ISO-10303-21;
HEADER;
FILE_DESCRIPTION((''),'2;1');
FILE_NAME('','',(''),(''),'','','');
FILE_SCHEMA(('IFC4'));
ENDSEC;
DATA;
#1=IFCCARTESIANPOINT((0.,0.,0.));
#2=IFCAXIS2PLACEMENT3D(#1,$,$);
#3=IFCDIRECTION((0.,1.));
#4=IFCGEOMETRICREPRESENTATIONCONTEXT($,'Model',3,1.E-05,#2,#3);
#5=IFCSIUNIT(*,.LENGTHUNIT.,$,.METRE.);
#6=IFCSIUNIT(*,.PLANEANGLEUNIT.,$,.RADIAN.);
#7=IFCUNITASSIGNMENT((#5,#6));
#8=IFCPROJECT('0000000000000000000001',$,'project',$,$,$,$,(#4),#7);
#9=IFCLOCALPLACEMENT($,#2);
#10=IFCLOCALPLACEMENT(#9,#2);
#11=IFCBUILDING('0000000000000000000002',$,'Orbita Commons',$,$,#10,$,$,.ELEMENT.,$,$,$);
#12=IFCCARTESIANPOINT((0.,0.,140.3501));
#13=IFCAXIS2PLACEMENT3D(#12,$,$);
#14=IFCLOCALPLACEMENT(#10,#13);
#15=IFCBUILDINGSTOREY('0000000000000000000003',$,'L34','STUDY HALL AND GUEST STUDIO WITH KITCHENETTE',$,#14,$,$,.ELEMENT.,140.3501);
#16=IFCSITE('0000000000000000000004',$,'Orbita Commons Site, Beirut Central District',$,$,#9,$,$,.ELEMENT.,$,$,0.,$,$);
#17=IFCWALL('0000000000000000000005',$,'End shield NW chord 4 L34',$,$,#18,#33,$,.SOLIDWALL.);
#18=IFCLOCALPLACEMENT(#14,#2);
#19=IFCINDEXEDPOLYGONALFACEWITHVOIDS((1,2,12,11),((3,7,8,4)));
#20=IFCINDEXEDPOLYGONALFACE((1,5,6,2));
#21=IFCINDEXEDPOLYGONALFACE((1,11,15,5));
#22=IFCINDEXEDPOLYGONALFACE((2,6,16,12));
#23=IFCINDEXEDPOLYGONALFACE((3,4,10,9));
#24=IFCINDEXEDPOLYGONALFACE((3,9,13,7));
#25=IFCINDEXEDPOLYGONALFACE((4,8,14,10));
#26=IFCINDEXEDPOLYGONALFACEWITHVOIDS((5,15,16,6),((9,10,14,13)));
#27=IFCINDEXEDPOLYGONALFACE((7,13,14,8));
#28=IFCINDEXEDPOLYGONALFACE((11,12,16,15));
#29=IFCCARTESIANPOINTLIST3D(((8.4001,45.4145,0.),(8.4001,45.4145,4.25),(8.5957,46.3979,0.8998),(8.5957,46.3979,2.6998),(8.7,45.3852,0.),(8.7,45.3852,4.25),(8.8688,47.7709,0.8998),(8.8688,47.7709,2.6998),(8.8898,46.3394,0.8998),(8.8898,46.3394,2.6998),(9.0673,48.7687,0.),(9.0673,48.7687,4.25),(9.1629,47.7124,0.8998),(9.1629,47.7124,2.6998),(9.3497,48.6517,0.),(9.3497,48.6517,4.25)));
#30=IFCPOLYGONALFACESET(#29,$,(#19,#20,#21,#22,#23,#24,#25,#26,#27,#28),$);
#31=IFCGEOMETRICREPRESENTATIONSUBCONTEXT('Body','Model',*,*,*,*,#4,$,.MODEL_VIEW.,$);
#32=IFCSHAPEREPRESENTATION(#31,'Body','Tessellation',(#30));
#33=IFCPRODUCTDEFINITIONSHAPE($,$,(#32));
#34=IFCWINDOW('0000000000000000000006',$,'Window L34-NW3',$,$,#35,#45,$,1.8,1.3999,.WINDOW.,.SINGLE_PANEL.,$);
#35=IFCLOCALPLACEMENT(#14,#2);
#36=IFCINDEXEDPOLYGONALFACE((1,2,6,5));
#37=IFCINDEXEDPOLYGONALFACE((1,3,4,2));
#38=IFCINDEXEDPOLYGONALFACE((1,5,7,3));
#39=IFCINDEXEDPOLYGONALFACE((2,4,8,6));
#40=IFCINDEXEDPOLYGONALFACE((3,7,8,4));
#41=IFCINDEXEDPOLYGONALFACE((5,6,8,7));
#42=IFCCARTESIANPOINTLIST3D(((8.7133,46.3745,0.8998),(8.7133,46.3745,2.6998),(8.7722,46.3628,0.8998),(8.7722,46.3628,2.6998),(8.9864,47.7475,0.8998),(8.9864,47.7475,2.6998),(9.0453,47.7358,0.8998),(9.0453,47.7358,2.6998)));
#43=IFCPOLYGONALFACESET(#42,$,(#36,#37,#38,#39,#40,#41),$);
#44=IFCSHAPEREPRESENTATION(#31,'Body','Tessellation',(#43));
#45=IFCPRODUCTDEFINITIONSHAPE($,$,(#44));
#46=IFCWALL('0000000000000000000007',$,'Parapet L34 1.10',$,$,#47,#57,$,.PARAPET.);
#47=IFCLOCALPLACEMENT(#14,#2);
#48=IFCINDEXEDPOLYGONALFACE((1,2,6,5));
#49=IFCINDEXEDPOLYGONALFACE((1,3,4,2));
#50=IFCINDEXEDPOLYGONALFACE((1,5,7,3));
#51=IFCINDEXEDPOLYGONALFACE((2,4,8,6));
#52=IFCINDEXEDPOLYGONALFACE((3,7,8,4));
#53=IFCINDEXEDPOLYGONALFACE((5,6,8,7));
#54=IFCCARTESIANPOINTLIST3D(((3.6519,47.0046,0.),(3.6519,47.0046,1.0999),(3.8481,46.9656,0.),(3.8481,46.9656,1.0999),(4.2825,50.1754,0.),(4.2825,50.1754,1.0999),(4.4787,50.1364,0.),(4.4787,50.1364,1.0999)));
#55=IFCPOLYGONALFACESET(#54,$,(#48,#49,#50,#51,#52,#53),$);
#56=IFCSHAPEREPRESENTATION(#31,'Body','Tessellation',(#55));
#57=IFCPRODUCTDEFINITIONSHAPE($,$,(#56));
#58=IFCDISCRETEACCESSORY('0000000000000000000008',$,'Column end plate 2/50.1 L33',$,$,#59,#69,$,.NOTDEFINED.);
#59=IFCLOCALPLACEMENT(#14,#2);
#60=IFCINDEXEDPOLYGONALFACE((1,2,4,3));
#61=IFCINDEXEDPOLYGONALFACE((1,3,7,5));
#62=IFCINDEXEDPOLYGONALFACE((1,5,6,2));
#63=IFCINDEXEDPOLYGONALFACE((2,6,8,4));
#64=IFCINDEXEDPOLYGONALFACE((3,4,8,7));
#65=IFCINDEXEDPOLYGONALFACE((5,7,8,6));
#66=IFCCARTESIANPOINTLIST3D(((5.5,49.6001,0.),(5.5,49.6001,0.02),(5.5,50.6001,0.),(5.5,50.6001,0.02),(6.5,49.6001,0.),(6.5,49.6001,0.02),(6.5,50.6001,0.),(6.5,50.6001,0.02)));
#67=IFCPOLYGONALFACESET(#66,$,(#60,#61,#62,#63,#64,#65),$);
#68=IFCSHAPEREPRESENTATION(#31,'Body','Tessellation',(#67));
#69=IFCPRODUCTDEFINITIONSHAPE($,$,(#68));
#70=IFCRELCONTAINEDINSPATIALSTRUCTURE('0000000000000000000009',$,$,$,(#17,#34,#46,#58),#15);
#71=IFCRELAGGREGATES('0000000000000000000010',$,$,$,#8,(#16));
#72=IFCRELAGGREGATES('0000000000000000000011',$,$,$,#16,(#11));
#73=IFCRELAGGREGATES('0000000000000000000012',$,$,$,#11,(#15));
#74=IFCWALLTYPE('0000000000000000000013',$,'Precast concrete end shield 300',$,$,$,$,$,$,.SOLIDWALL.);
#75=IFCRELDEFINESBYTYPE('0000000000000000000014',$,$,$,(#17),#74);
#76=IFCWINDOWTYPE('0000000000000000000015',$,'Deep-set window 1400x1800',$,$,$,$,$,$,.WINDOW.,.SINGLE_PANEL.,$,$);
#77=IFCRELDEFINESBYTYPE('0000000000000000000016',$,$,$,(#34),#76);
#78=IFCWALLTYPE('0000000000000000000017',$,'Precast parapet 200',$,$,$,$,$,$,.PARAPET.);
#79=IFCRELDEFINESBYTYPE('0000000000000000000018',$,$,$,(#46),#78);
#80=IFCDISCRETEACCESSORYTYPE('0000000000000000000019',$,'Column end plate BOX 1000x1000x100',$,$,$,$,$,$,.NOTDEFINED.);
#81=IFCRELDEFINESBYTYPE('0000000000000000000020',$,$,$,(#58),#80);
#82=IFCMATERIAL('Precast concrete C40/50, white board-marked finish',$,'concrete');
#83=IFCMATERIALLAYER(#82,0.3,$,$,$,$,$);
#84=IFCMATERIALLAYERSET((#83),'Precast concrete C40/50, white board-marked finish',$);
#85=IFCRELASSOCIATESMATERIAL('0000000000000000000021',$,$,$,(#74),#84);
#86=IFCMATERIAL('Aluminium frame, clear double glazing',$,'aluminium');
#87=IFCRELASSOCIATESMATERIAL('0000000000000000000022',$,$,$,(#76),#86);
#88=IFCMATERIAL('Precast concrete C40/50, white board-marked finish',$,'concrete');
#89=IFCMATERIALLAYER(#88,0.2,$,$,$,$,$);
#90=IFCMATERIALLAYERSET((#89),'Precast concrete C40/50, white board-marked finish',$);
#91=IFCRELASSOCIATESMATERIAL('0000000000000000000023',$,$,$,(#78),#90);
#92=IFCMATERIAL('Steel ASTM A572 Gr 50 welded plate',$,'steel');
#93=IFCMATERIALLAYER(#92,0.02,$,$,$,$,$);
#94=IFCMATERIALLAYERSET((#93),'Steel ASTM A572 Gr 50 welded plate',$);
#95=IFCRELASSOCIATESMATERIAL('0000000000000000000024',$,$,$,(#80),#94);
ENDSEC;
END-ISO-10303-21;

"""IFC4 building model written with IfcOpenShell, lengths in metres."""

from ifc_helpers import new_model, si_unit, direction, frame, frame_2d, origin, origin_2d, place, context, subcontext, project, spatial, polyline, rectangle, outline, extrude, material, layer, layer_set, type_object, element, fill, save


model = new_model("IFC4")

# Units and contexts
model_context = context("Model", 3, precision=1e-05, world=origin(), true_north=direction((0.0, 1.0)))
body_context = subcontext(model_context, "Body", "Model", "MODEL_VIEW")
ifc_project = project(units=[si_unit("LENGTHUNIT", "METRE"), si_unit("PLANEANGLEUNIT", "RADIAN")], contexts=[model_context])

# Site, building, storey
site_placement = place(None, origin())
site = spatial("IfcSite", under=ifc_project, at=site_placement, Name="Orbita Commons Site, Beirut Central District", CompositionType="ELEMENT", RefElevation=0.0)
building_placement = place(site_placement, origin())
building = spatial("IfcBuilding", under=site, at=building_placement, Name="Orbita Commons", CompositionType="ELEMENT")
storey_placement = place(building_placement, frame((0.0, 0.0, 140.3501)))
storey = spatial("IfcBuildingStorey", under=building, at=storey_placement, Name="L34", Description="STUDY HALL AND GUEST STUDIO WITH KITCHENETTE", CompositionType="ELEMENT", Elevation=140.3501)

# Shared definitions
ifc_material_1 = material(Name="Precast concrete C40/50, white board-marked finish", Category="concrete")
ifc_layer_1 = layer(ifc_material_1, 0.3)
ifc_layer_set_1 = layer_set([ifc_layer_1], Name="Precast concrete C40/50, white board-marked finish")
wall_type_1 = type_object("IfcWallType", Name="Precast concrete end shield 300", PredefinedType="SOLIDWALL", material=ifc_layer_set_1)

# Wall, opening, window
wall_1_placement = place(storey_placement, frame((9.2085, 48.7102, 0.0), z_axis=(0.0, 0.0, 1.0), x_axis=(-0.195087, -0.980786, 0.0)))
wall_1 = element("IfcWall", 1, at=wall_1_placement, inside=storey, type_object=wall_type_1, Name="End shield NW chord 4 L34", PredefinedType="SOLIDWALL", context=body_context, shape_type="SweptSolid", body=[
    extrude(outline(polyline([(-0.0298, -0.1499), (3.3901, -0.1499), (3.3604, 0.1499), (0.0298, 0.1499), (-0.0298, -0.1499)])), origin(), (0.0, 0.0, 1.0), 4.25),
])
opening_1_placement = place(wall_1_placement, frame((0.9875, 0.0, 0.8999)))
opening_1 = element("IfcOpeningElement", 2, at=opening_1_placement, cuts=wall_1, PredefinedType="OPENING", context=body_context, shape_type="SweptSolid", body=[
    extrude(rectangle(XDim=1.3999, YDim=1.8, at=frame_2d((0.7, 0.8999))), frame((0.0, 0.1599, 0.0), z_axis=(0.0, -1.0, 0.0), x_axis=(1.0, 0.0, 0.0)), (0.0, 0.0, 1.0), 0.3201),
])
ifc_material_2 = material(Name="Aluminium frame, clear double glazing", Category="aluminium")
window_type_1 = type_object("IfcWindowType", Name="Deep-set window 1400x1800", PartitioningType="SINGLE_PANEL", PredefinedType="WINDOW", material=ifc_material_2)
window_1_placement = place(opening_1_placement, origin())
window_1 = element("IfcWindow", 3, at=window_1_placement, inside=storey, type_object=window_type_1, Name="Window L34-NW3", OverallHeight=1.8, OverallWidth=1.3999, PartitioningType="SINGLE_PANEL", PredefinedType="WINDOW", context=body_context, shape_type="SweptSolid", body=[
    extrude(rectangle(XDim=1.3999, YDim=1.8, at=frame_2d((0.7, 0.8999))), frame((0.0, 0.03, 0.0), z_axis=(0.0, -1.0, 0.0), x_axis=(1.0, 0.0, 0.0)), (0.0, 0.0, 1.0), 0.0601),
])
fill(opening_1, window_1)

# Wall
ifc_material_3 = material(Name="Precast concrete C40/50, white board-marked finish", Category="concrete")
ifc_layer_2 = layer(ifc_material_3, 0.2)
ifc_layer_set_2 = layer_set([ifc_layer_2], Name="Precast concrete C40/50, white board-marked finish")
wall_type_2 = type_object("IfcWallType", Name="Precast parapet 200", PredefinedType="PARAPET", material=ifc_layer_set_2)
wall_2_placement = place(storey_placement, frame((3.75, 46.9851, 0.0), z_axis=(0.0, 0.0, 1.0), x_axis=(0.195056, 0.980792, 0.0)))
element("IfcWall", 4, at=wall_2_placement, inside=storey, type_object=wall_type_2, Name="Parapet L34 1.10", PredefinedType="PARAPET", context=body_context, shape_type="SweptSolid", body=[
    extrude(rectangle(XDim=3.2329, YDim=0.2, at=frame_2d((1.6165, 0.0))), origin(), (0.0, 0.0, 1.0), 1.0999),
])

# Discrete accessory
ifc_material_4 = material(Name="Steel ASTM A572 Gr 50 welded plate", Category="steel")
ifc_layer_3 = layer(ifc_material_4, 0.02)
ifc_layer_set_3 = layer_set([ifc_layer_3], Name="Steel ASTM A572 Gr 50 welded plate")
discrete_accessory_type = type_object("IfcDiscreteAccessoryType", Name="Column end plate BOX 1000x1000x100", PredefinedType="NOTDEFINED", material=ifc_layer_set_3)
discrete_accessory_placement = place(storey_placement, frame((6.0, 50.1001, 0.0), z_axis=(0.0, 0.0, 1.0), x_axis=(1.0, 0.0, 0.0)))
element("IfcDiscreteAccessory", 5, at=discrete_accessory_placement, inside=storey, type_object=discrete_accessory_type, Name="Column end plate 2/50.1 L33", PredefinedType="NOTDEFINED", context=body_context, shape_type="SweptSolid", body=[
    extrude(rectangle(XDim=1.0, YDim=1.0, at=origin_2d()), origin(), (0.0, 0.0, 1.0), 0.02),
])

save(model, "model.ifc")
